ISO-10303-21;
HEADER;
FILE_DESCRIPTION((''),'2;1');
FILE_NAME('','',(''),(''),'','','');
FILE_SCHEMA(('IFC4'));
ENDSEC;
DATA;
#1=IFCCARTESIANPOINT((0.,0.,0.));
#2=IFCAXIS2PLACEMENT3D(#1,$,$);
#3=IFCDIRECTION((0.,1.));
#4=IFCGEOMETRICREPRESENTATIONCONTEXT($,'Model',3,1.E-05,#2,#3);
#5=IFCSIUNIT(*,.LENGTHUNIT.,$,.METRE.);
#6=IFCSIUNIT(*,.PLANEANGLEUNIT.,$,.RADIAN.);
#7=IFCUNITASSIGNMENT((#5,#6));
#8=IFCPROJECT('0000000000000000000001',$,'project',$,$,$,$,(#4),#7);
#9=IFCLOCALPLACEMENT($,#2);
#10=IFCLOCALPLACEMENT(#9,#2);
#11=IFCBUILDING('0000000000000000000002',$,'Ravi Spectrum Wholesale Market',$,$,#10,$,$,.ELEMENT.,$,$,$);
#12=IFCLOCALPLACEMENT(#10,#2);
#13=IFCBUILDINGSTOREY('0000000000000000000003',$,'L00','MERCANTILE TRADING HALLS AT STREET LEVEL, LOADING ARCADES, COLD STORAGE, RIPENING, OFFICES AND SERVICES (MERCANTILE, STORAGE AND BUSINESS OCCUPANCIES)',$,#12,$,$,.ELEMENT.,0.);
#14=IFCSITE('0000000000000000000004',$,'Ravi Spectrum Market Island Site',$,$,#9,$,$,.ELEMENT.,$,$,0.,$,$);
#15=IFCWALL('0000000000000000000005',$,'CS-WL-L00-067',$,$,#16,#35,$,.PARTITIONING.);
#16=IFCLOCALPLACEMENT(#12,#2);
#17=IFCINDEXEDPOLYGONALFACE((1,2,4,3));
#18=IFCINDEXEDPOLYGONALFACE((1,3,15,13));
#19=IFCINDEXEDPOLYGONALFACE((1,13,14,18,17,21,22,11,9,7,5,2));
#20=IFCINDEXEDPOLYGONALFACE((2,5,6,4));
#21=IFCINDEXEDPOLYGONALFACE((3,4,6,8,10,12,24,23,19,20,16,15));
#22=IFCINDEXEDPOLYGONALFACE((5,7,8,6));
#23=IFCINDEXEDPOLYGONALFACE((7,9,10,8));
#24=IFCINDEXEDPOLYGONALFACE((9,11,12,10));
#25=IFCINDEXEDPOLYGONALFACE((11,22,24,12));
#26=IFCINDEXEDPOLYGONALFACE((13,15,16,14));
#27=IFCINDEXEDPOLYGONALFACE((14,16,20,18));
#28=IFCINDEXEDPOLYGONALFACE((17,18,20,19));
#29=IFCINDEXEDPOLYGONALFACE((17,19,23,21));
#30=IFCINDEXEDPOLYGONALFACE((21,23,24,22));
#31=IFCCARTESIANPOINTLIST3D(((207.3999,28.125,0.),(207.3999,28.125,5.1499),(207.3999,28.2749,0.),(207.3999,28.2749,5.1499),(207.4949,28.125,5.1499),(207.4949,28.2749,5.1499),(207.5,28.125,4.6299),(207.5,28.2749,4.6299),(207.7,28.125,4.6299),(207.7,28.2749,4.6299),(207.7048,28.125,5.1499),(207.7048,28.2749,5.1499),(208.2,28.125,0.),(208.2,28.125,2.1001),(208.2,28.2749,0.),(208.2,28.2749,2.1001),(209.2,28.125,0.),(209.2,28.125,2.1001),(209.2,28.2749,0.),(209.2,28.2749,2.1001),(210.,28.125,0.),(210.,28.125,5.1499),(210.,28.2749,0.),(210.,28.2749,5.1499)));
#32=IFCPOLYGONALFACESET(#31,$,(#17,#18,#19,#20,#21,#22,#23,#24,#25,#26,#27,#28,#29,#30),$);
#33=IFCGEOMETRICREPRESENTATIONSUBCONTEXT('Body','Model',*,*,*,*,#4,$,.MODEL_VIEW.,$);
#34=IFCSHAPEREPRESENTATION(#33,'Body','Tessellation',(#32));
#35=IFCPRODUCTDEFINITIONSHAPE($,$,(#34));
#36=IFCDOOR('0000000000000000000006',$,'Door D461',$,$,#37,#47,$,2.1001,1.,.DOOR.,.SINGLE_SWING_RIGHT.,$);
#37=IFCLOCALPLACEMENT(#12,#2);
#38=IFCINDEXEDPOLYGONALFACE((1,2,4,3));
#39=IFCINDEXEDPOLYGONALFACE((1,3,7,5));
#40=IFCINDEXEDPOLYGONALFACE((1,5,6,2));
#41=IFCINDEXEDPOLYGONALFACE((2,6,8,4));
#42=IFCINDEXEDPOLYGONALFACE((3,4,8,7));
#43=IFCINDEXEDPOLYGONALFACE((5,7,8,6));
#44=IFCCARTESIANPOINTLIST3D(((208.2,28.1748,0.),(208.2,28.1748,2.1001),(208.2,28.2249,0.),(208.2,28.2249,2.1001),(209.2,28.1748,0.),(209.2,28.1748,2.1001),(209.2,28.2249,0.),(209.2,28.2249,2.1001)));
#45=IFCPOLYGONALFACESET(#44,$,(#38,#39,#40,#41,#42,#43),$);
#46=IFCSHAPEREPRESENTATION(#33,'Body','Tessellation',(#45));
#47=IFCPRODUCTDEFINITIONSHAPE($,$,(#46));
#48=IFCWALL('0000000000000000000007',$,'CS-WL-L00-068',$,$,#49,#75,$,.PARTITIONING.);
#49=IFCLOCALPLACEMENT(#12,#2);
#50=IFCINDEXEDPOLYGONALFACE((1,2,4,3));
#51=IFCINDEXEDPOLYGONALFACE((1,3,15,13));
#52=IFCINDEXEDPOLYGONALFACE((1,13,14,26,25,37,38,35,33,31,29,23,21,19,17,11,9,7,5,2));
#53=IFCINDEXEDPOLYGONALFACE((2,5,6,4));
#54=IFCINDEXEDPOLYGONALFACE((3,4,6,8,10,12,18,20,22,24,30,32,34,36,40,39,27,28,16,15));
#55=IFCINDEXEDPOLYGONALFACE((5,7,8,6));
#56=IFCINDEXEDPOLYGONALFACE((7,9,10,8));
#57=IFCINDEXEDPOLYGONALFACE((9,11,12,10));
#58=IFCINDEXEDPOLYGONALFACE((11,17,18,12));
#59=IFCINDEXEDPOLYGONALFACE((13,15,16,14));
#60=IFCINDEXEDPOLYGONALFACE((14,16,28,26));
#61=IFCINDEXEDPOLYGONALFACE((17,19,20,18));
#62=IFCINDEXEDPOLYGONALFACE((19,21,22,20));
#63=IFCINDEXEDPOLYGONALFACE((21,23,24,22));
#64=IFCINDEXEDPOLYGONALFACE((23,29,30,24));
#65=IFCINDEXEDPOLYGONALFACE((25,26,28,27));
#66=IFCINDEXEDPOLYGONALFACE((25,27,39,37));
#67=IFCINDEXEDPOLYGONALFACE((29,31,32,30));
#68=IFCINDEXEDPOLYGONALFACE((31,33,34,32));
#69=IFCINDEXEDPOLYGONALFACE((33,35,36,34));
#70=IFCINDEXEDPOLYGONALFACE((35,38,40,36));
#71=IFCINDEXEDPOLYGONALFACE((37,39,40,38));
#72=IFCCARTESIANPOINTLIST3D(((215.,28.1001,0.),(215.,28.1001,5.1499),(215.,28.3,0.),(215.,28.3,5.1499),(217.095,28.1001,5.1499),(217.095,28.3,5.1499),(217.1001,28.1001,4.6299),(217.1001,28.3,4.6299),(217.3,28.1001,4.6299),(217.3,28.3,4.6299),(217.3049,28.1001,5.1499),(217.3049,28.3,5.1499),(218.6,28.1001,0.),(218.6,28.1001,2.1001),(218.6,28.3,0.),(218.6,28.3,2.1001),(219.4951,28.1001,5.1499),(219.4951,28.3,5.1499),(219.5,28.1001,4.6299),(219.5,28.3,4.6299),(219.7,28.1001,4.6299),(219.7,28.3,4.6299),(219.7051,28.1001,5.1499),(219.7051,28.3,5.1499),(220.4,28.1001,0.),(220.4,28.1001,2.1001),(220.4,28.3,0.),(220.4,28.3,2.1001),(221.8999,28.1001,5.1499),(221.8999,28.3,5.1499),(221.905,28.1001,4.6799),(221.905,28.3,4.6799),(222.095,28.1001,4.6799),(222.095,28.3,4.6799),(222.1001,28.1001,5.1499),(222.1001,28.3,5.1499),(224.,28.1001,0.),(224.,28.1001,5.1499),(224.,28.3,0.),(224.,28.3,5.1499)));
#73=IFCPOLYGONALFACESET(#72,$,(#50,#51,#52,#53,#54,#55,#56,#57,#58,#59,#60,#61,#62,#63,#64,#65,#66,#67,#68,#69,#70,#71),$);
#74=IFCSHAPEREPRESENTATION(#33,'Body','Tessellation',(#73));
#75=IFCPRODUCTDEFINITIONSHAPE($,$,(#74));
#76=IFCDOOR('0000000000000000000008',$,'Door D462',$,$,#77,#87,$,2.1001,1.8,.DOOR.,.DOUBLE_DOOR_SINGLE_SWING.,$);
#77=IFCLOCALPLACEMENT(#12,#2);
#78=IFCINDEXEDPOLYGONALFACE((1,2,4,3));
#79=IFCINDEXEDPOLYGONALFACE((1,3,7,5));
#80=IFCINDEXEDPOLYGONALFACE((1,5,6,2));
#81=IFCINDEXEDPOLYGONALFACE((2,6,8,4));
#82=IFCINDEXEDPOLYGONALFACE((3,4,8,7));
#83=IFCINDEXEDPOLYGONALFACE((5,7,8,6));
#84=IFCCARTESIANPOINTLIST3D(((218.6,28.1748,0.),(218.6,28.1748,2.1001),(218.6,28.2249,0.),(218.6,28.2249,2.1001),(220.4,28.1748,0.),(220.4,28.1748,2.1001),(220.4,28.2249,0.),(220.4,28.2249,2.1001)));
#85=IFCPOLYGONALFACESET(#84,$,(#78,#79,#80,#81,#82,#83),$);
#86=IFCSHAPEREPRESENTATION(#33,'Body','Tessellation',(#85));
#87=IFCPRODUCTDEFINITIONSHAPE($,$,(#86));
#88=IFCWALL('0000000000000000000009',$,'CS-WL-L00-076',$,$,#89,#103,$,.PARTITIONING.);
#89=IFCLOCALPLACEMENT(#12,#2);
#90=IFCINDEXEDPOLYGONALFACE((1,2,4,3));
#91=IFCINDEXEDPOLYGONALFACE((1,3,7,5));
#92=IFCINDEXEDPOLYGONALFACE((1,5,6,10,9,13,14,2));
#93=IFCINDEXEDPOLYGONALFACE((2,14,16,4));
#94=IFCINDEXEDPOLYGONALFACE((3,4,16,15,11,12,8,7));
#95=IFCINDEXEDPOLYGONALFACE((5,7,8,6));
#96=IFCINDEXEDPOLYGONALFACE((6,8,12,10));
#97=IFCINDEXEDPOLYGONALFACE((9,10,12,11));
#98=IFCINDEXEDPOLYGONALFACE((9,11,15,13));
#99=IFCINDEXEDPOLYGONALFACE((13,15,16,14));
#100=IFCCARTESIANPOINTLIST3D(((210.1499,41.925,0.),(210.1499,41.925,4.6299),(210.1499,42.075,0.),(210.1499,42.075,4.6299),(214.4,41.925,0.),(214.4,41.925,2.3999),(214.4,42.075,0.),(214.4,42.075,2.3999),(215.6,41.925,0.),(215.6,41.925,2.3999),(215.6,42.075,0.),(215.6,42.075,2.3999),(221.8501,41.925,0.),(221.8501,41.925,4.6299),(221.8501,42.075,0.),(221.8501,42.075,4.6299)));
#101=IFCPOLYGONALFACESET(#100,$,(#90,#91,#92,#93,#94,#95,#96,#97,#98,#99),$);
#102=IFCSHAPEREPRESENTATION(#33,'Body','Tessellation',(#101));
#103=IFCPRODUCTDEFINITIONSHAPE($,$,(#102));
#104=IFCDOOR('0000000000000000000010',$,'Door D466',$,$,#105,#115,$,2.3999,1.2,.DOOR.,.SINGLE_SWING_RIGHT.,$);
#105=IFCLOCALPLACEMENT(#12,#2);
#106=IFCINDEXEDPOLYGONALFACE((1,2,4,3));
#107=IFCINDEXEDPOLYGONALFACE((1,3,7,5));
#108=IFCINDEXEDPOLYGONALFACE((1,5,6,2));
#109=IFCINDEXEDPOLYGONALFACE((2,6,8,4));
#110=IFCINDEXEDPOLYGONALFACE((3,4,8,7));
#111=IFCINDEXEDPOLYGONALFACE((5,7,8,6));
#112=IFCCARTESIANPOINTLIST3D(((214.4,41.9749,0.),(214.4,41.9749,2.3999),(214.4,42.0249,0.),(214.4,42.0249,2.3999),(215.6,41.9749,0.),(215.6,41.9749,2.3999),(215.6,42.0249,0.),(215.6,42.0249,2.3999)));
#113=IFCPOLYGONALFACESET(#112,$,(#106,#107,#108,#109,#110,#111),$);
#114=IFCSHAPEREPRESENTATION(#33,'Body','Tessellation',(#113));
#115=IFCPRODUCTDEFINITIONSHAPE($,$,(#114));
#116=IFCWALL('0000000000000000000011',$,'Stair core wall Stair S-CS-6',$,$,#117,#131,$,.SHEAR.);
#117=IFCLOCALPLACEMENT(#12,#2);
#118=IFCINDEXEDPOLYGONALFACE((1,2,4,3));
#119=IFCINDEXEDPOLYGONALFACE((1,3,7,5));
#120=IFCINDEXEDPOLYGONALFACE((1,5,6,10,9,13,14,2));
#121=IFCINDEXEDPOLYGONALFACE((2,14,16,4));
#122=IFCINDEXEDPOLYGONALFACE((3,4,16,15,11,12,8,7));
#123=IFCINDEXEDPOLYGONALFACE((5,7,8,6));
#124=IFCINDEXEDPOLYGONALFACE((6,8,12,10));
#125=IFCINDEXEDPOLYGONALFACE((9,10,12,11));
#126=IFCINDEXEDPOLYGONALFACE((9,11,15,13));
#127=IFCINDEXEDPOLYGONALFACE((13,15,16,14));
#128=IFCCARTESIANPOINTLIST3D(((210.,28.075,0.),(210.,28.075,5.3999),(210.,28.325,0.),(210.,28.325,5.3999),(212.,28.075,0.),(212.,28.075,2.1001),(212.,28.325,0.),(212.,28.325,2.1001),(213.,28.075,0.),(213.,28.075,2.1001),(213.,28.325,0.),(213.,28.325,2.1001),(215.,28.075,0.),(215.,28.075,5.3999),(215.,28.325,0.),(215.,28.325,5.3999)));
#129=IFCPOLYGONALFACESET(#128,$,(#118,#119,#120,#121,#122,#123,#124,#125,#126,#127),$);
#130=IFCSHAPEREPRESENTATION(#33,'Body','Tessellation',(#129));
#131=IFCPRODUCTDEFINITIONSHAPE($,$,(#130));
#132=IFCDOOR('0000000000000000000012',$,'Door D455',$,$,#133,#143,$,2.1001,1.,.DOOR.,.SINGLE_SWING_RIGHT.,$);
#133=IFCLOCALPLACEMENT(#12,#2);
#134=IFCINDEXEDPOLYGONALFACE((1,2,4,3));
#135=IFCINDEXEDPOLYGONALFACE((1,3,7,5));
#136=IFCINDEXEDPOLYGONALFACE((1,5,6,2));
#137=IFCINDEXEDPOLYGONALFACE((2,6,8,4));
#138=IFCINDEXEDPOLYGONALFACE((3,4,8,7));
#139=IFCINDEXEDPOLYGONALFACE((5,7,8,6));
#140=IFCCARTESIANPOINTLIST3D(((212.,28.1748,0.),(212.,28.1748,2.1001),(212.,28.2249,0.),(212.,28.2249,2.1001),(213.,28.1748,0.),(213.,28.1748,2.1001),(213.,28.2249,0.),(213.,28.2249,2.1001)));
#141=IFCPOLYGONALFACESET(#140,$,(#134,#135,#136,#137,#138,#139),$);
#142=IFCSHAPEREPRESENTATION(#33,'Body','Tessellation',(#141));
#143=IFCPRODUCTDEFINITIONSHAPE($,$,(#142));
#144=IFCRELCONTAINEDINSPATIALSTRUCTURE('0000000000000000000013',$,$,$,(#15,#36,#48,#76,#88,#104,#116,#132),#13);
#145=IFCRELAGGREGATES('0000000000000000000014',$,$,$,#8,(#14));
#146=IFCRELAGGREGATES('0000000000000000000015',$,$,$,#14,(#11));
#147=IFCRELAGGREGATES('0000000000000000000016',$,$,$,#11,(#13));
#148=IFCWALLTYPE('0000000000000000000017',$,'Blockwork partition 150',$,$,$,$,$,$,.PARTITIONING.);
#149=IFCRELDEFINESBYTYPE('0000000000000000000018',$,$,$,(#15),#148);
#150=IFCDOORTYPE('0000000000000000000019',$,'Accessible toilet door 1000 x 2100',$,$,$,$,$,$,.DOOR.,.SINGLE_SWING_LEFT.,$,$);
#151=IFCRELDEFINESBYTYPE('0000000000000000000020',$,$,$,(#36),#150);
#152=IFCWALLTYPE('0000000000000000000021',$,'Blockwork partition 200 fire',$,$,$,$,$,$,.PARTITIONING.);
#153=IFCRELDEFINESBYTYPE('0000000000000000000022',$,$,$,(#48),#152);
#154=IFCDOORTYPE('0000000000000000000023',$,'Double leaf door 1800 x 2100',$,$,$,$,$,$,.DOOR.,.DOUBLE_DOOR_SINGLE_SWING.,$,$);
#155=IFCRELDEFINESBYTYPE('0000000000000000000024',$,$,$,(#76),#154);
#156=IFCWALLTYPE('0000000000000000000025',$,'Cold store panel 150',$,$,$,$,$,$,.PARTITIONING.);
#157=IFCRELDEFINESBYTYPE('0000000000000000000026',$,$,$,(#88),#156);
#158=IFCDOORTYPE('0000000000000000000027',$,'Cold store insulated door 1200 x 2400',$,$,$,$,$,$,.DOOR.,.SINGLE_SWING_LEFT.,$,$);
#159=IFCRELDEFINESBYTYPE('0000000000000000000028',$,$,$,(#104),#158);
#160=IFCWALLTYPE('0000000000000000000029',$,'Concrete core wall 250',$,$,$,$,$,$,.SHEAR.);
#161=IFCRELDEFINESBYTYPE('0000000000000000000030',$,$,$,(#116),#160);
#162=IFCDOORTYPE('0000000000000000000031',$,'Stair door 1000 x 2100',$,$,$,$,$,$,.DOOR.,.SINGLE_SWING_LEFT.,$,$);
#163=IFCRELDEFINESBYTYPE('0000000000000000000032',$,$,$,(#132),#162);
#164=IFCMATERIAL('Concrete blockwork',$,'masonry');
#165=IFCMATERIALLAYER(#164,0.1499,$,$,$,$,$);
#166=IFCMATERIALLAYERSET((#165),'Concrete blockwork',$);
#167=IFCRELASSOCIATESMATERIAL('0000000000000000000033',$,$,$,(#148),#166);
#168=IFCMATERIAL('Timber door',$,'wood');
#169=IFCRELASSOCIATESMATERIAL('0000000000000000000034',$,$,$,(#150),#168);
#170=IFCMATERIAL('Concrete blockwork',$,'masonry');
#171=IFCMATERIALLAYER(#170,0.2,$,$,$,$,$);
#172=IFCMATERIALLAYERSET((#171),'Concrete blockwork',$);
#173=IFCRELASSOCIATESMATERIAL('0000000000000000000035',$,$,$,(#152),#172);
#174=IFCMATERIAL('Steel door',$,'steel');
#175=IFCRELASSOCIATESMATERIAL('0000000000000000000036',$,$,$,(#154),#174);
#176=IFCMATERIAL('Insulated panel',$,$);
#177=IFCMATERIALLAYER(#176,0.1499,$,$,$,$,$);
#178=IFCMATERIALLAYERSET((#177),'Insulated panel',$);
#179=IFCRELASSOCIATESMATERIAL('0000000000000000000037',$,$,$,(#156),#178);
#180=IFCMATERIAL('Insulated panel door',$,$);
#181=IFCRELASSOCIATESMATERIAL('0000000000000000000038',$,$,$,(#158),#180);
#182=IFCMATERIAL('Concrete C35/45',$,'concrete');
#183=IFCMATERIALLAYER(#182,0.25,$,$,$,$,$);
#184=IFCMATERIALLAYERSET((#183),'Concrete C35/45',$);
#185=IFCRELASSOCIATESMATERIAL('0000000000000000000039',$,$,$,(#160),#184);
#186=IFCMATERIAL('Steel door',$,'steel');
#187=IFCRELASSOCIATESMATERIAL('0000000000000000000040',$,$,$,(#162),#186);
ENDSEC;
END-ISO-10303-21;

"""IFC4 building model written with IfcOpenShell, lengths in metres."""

from ifc_helpers import new_model, si_unit, direction, frame, frame_2d, origin, place, context, subcontext, project, spatial, polyline, rectangle, outline, extrude, material, layer, layer_set, type_object, element, fill, save


model = new_model("IFC4")

# Units and contexts
model_context = context("Model", 3, precision=1e-05, world=origin(), true_north=direction((0.0, 1.0)))
body_context = subcontext(model_context, "Body", "Model", "MODEL_VIEW")
ifc_project = project(units=[si_unit("LENGTHUNIT", "METRE"), si_unit("PLANEANGLEUNIT", "RADIAN")], contexts=[model_context])

# Site, building, storey
site_placement = place(None, origin())
site = spatial("IfcSite", under=ifc_project, at=site_placement, Name="Ravi Spectrum Market Island Site", CompositionType="ELEMENT", RefElevation=0.0)
building_placement = place(site_placement, origin())
building = spatial("IfcBuilding", under=site, at=building_placement, Name="Ravi Spectrum Wholesale Market", CompositionType="ELEMENT")
storey_placement = place(building_placement, origin())
storey = spatial("IfcBuildingStorey", under=building, at=storey_placement, Name="L00", Description="MERCANTILE TRADING HALLS AT STREET LEVEL, LOADING ARCADES, COLD STORAGE, RIPENING, OFFICES AND SERVICES (MERCANTILE, STORAGE AND BUSINESS OCCUPANCIES)", CompositionType="ELEMENT", Elevation=0.0)

# Walls, openings, doors
ifc_material_1 = material(Name="Concrete blockwork", Category="masonry")
ifc_layer_1 = layer(ifc_material_1, 0.1499)
ifc_layer_set_1 = layer_set([ifc_layer_1], Name="Concrete blockwork")
wall_type_1 = type_object("IfcWallType", Name="Blockwork partition 150", PredefinedType="PARTITIONING", material=ifc_layer_set_1)
wall_1_placement = place(storey_placement, frame((207.3999, 28.2, 0.0), z_axis=(0.0, 0.0, 1.0), x_axis=(1.0, 0.0, 0.0)))
wall_1 = element("IfcWall", 1, at=wall_1_placement, inside=storey, type_object=wall_type_1, Name="CS-WL-L00-067", PredefinedType="PARTITIONING", context=body_context, shape_type="SweptSolid", body=[
    extrude(outline(polyline([(0.0, 0.0), (2.6001, 0.0), (2.6001, 5.1499), (0.3049, 5.1499), (0.3, 4.6299), (0.1001, 4.6299), (0.095, 5.1499), (0.0, 5.1499), (0.0, 0.0)])), frame((0.0, 0.075, 0.0), z_axis=(0.0, -1.0, 0.0), x_axis=(1.0, 0.0, 0.0)), (0.0, 0.0, 1.0), 0.1499),
])
opening_1_placement = place(wall_1_placement, frame((0.8, 0.0, 0.0)))
opening_1 = element("IfcOpeningElement", 2, at=opening_1_placement, cuts=wall_1, PredefinedType="OPENING", context=body_context, shape_type="SweptSolid", body=[
    extrude(rectangle(XDim=1.0, YDim=2.1001, at=frame_2d((0.5, 1.05))), frame((0.0, 0.085, 0.0), z_axis=(0.0, -1.0, 0.0), x_axis=(1.0, 0.0, 0.0)), (0.0, 0.0, 1.0), 0.1699),
])
ifc_material_2 = material(Name="Timber door", Category="wood")
door_type_1 = type_object("IfcDoorType", Name="Accessible toilet door 1000 x 2100", OperationType="SINGLE_SWING_LEFT", PredefinedType="DOOR", material=ifc_material_2)
door_1_placement = place(opening_1_placement, origin())
door_1 = element("IfcDoor", 3, at=door_1_placement, inside=storey, type_object=door_type_1, Name="Door D461", OperationType="SINGLE_SWING_RIGHT", OverallHeight=2.1001, OverallWidth=1.0, PredefinedType="DOOR", context=body_context, shape_type="SweptSolid", body=[
    extrude(rectangle(XDim=1.0, YDim=2.1001, at=frame_2d((0.5, 1.05))), frame((0.0, 0.0249, 0.0), z_axis=(0.0, -1.0, 0.0), x_axis=(1.0, 0.0, 0.0)), (0.0, 0.0, 1.0), 0.05),
])
fill(opening_1, door_1)
ifc_material_3 = material(Name="Concrete blockwork", Category="masonry")
ifc_layer_2 = layer(ifc_material_3, 0.2)
ifc_layer_set_2 = layer_set([ifc_layer_2], Name="Concrete blockwork")
wall_type_2 = type_object("IfcWallType", Name="Blockwork partition 200 fire", PredefinedType="PARTITIONING", material=ifc_layer_set_2)
wall_2_placement = place(storey_placement, frame((215.0, 28.2, 0.0), z_axis=(0.0, 0.0, 1.0), x_axis=(1.0, 0.0, 0.0)))
wall_2 = element("IfcWall", 4, at=wall_2_placement, inside=storey, type_object=wall_type_2, Name="CS-WL-L00-068", PredefinedType="PARTITIONING", context=body_context, shape_type="SweptSolid", body=[
    extrude(outline(polyline([(0.0, 0.0), (9.0, 0.0), (9.0, 5.1499), (7.1001, 5.1499), (7.095, 4.6799), (6.905, 4.6799), (6.8999, 5.1499), (4.7051, 5.1499), (4.7, 4.6299), (4.5, 4.6299), (4.4951, 5.1499), (2.3049, 5.1499), (2.3, 4.6299), (2.1001, 4.6299), (2.095, 5.1499), (0.0, 5.1499), (0.0, 0.0)])), frame((0.0, 0.1001, 0.0), z_axis=(0.0, -1.0, 0.0), x_axis=(1.0, 0.0, 0.0)), (0.0, 0.0, 1.0), 0.2),
])
opening_2_placement = place(wall_2_placement, frame((3.6001, 0.0, 0.0)))
opening_2 = element("IfcOpeningElement", 5, at=opening_2_placement, cuts=wall_2, PredefinedType="OPENING", context=body_context, shape_type="SweptSolid", body=[
    extrude(rectangle(XDim=1.8, YDim=2.1001, at=frame_2d((0.8999, 1.05))), frame((0.0, 0.1099, 0.0), z_axis=(0.0, -1.0, 0.0), x_axis=(1.0, 0.0, 0.0)), (0.0, 0.0, 1.0), 0.22),
])
ifc_material_4 = material(Name="Steel door", Category="steel")
door_type_2 = type_object("IfcDoorType", Name="Double leaf door 1800 x 2100", OperationType="DOUBLE_DOOR_SINGLE_SWING", PredefinedType="DOOR", material=ifc_material_4)
door_2_placement = place(opening_2_placement, origin())
door_2 = element("IfcDoor", 6, at=door_2_placement, inside=storey, type_object=door_type_2, Name="Door D462", OperationType="DOUBLE_DOOR_SINGLE_SWING", OverallHeight=2.1001, OverallWidth=1.8, PredefinedType="DOOR", context=body_context, shape_type="SweptSolid", body=[
    extrude(rectangle(XDim=1.8, YDim=2.1001, at=frame_2d((0.8999, 1.05))), frame((0.0, 0.0249, 0.0), z_axis=(0.0, -1.0, 0.0), x_axis=(1.0, 0.0, 0.0)), (0.0, 0.0, 1.0), 0.05),
])
fill(opening_2, door_2)
ifc_material_5 = material(Name="Insulated panel")
ifc_layer_3 = layer(ifc_material_5, 0.1499)
ifc_layer_set_3 = layer_set([ifc_layer_3], Name="Insulated panel")
wall_type_3 = type_object("IfcWallType", Name="Cold store panel 150", PredefinedType="PARTITIONING", material=ifc_layer_set_3)
wall_3_placement = place(storey_placement, frame((210.1499, 42.0, 0.0), z_axis=(0.0, 0.0, 1.0), x_axis=(1.0, 0.0, 0.0)))
wall_3 = element("IfcWall", 7, at=wall_3_placement, inside=storey, type_object=wall_type_3, Name="CS-WL-L00-076", PredefinedType="PARTITIONING", context=body_context, shape_type="SweptSolid", body=[
    extrude(rectangle(XDim=11.7002, YDim=0.1499, at=frame_2d((5.8501, 0.0))), origin(), (0.0, 0.0, 1.0), 4.6299),
])
opening_3_placement = place(wall_3_placement, frame((4.25, 0.0, 0.0)))
opening_3 = element("IfcOpeningElement", 8, at=opening_3_placement, cuts=wall_3, PredefinedType="OPENING", context=body_context, shape_type="SweptSolid", body=[
    extrude(rectangle(XDim=1.2, YDim=2.3999, at=frame_2d((0.6001, 1.2))), frame((0.0, 0.085, 0.0), z_axis=(0.0, -1.0, 0.0), x_axis=(1.0, 0.0, 0.0)), (0.0, 0.0, 1.0), 0.1699),
])
ifc_material_6 = material(Name="Insulated panel door")
door_type_3 = type_object("IfcDoorType", Name="Cold store insulated door 1200 x 2400", OperationType="SINGLE_SWING_LEFT", PredefinedType="DOOR", material=ifc_material_6)
door_3_placement = place(opening_3_placement, origin())
door_3 = element("IfcDoor", 9, at=door_3_placement, inside=storey, type_object=door_type_3, Name="Door D466", OperationType="SINGLE_SWING_RIGHT", OverallHeight=2.3999, OverallWidth=1.2, PredefinedType="DOOR", context=body_context, shape_type="SweptSolid", body=[
    extrude(rectangle(XDim=1.2, YDim=2.3999, at=frame_2d((0.6001, 1.2))), frame((0.0, 0.0249, 0.0), z_axis=(0.0, -1.0, 0.0), x_axis=(1.0, 0.0, 0.0)), (0.0, 0.0, 1.0), 0.05),
])
fill(opening_3, door_3)
ifc_material_7 = material(Name="Concrete C35/45", Category="concrete")
ifc_layer_4 = layer(ifc_material_7, 0.25)
ifc_layer_set_4 = layer_set([ifc_layer_4], Name="Concrete C35/45")
wall_type_4 = type_object("IfcWallType", Name="Concrete core wall 250", PredefinedType="SHEAR", material=ifc_layer_set_4)
wall_4_placement = place(storey_placement, frame((210.0, 28.2, 0.0), z_axis=(0.0, 0.0, 1.0), x_axis=(1.0, 0.0, 0.0)))
wall_4 = element("IfcWall", 10, at=wall_4_placement, inside=storey, type_object=wall_type_4, Name="Stair core wall Stair S-CS-6", PredefinedType="SHEAR", context=body_context, shape_type="SweptSolid", body=[
    extrude(rectangle(XDim=5.0, YDim=0.25, at=frame_2d((2.5, 0.0))), origin(), (0.0, 0.0, 1.0), 5.3999),
])
opening_4_placement = place(wall_4_placement, frame((2.0, 0.0, 0.0)))
opening_4 = element("IfcOpeningElement", 11, at=opening_4_placement, cuts=wall_4, PredefinedType="OPENING", context=body_context, shape_type="SweptSolid", body=[
    extrude(rectangle(XDim=1.0, YDim=2.1001, at=frame_2d((0.5, 1.05))), frame((0.0, 0.135, 0.0), z_axis=(0.0, -1.0, 0.0), x_axis=(1.0, 0.0, 0.0)), (0.0, 0.0, 1.0), 0.27),
])
ifc_material_8 = material(Name="Steel door", Category="steel")
door_type_4 = type_object("IfcDoorType", Name="Stair door 1000 x 2100", OperationType="SINGLE_SWING_LEFT", PredefinedType="DOOR", material=ifc_material_8)
door_4_placement = place(opening_4_placement, origin())
door_4 = element("IfcDoor", 12, at=door_4_placement, inside=storey, type_object=door_type_4, Name="Door D455", OperationType="SINGLE_SWING_RIGHT", OverallHeight=2.1001, OverallWidth=1.0, PredefinedType="DOOR", context=body_context, shape_type="SweptSolid", body=[
    extrude(rectangle(XDim=1.0, YDim=2.1001, at=frame_2d((0.5, 1.05))), frame((0.0, 0.0249, 0.0), z_axis=(0.0, -1.0, 0.0), x_axis=(1.0, 0.0, 0.0)), (0.0, 0.0, 1.0), 0.05),
])
fill(opening_4, door_4)

save(model, "model.ifc")
